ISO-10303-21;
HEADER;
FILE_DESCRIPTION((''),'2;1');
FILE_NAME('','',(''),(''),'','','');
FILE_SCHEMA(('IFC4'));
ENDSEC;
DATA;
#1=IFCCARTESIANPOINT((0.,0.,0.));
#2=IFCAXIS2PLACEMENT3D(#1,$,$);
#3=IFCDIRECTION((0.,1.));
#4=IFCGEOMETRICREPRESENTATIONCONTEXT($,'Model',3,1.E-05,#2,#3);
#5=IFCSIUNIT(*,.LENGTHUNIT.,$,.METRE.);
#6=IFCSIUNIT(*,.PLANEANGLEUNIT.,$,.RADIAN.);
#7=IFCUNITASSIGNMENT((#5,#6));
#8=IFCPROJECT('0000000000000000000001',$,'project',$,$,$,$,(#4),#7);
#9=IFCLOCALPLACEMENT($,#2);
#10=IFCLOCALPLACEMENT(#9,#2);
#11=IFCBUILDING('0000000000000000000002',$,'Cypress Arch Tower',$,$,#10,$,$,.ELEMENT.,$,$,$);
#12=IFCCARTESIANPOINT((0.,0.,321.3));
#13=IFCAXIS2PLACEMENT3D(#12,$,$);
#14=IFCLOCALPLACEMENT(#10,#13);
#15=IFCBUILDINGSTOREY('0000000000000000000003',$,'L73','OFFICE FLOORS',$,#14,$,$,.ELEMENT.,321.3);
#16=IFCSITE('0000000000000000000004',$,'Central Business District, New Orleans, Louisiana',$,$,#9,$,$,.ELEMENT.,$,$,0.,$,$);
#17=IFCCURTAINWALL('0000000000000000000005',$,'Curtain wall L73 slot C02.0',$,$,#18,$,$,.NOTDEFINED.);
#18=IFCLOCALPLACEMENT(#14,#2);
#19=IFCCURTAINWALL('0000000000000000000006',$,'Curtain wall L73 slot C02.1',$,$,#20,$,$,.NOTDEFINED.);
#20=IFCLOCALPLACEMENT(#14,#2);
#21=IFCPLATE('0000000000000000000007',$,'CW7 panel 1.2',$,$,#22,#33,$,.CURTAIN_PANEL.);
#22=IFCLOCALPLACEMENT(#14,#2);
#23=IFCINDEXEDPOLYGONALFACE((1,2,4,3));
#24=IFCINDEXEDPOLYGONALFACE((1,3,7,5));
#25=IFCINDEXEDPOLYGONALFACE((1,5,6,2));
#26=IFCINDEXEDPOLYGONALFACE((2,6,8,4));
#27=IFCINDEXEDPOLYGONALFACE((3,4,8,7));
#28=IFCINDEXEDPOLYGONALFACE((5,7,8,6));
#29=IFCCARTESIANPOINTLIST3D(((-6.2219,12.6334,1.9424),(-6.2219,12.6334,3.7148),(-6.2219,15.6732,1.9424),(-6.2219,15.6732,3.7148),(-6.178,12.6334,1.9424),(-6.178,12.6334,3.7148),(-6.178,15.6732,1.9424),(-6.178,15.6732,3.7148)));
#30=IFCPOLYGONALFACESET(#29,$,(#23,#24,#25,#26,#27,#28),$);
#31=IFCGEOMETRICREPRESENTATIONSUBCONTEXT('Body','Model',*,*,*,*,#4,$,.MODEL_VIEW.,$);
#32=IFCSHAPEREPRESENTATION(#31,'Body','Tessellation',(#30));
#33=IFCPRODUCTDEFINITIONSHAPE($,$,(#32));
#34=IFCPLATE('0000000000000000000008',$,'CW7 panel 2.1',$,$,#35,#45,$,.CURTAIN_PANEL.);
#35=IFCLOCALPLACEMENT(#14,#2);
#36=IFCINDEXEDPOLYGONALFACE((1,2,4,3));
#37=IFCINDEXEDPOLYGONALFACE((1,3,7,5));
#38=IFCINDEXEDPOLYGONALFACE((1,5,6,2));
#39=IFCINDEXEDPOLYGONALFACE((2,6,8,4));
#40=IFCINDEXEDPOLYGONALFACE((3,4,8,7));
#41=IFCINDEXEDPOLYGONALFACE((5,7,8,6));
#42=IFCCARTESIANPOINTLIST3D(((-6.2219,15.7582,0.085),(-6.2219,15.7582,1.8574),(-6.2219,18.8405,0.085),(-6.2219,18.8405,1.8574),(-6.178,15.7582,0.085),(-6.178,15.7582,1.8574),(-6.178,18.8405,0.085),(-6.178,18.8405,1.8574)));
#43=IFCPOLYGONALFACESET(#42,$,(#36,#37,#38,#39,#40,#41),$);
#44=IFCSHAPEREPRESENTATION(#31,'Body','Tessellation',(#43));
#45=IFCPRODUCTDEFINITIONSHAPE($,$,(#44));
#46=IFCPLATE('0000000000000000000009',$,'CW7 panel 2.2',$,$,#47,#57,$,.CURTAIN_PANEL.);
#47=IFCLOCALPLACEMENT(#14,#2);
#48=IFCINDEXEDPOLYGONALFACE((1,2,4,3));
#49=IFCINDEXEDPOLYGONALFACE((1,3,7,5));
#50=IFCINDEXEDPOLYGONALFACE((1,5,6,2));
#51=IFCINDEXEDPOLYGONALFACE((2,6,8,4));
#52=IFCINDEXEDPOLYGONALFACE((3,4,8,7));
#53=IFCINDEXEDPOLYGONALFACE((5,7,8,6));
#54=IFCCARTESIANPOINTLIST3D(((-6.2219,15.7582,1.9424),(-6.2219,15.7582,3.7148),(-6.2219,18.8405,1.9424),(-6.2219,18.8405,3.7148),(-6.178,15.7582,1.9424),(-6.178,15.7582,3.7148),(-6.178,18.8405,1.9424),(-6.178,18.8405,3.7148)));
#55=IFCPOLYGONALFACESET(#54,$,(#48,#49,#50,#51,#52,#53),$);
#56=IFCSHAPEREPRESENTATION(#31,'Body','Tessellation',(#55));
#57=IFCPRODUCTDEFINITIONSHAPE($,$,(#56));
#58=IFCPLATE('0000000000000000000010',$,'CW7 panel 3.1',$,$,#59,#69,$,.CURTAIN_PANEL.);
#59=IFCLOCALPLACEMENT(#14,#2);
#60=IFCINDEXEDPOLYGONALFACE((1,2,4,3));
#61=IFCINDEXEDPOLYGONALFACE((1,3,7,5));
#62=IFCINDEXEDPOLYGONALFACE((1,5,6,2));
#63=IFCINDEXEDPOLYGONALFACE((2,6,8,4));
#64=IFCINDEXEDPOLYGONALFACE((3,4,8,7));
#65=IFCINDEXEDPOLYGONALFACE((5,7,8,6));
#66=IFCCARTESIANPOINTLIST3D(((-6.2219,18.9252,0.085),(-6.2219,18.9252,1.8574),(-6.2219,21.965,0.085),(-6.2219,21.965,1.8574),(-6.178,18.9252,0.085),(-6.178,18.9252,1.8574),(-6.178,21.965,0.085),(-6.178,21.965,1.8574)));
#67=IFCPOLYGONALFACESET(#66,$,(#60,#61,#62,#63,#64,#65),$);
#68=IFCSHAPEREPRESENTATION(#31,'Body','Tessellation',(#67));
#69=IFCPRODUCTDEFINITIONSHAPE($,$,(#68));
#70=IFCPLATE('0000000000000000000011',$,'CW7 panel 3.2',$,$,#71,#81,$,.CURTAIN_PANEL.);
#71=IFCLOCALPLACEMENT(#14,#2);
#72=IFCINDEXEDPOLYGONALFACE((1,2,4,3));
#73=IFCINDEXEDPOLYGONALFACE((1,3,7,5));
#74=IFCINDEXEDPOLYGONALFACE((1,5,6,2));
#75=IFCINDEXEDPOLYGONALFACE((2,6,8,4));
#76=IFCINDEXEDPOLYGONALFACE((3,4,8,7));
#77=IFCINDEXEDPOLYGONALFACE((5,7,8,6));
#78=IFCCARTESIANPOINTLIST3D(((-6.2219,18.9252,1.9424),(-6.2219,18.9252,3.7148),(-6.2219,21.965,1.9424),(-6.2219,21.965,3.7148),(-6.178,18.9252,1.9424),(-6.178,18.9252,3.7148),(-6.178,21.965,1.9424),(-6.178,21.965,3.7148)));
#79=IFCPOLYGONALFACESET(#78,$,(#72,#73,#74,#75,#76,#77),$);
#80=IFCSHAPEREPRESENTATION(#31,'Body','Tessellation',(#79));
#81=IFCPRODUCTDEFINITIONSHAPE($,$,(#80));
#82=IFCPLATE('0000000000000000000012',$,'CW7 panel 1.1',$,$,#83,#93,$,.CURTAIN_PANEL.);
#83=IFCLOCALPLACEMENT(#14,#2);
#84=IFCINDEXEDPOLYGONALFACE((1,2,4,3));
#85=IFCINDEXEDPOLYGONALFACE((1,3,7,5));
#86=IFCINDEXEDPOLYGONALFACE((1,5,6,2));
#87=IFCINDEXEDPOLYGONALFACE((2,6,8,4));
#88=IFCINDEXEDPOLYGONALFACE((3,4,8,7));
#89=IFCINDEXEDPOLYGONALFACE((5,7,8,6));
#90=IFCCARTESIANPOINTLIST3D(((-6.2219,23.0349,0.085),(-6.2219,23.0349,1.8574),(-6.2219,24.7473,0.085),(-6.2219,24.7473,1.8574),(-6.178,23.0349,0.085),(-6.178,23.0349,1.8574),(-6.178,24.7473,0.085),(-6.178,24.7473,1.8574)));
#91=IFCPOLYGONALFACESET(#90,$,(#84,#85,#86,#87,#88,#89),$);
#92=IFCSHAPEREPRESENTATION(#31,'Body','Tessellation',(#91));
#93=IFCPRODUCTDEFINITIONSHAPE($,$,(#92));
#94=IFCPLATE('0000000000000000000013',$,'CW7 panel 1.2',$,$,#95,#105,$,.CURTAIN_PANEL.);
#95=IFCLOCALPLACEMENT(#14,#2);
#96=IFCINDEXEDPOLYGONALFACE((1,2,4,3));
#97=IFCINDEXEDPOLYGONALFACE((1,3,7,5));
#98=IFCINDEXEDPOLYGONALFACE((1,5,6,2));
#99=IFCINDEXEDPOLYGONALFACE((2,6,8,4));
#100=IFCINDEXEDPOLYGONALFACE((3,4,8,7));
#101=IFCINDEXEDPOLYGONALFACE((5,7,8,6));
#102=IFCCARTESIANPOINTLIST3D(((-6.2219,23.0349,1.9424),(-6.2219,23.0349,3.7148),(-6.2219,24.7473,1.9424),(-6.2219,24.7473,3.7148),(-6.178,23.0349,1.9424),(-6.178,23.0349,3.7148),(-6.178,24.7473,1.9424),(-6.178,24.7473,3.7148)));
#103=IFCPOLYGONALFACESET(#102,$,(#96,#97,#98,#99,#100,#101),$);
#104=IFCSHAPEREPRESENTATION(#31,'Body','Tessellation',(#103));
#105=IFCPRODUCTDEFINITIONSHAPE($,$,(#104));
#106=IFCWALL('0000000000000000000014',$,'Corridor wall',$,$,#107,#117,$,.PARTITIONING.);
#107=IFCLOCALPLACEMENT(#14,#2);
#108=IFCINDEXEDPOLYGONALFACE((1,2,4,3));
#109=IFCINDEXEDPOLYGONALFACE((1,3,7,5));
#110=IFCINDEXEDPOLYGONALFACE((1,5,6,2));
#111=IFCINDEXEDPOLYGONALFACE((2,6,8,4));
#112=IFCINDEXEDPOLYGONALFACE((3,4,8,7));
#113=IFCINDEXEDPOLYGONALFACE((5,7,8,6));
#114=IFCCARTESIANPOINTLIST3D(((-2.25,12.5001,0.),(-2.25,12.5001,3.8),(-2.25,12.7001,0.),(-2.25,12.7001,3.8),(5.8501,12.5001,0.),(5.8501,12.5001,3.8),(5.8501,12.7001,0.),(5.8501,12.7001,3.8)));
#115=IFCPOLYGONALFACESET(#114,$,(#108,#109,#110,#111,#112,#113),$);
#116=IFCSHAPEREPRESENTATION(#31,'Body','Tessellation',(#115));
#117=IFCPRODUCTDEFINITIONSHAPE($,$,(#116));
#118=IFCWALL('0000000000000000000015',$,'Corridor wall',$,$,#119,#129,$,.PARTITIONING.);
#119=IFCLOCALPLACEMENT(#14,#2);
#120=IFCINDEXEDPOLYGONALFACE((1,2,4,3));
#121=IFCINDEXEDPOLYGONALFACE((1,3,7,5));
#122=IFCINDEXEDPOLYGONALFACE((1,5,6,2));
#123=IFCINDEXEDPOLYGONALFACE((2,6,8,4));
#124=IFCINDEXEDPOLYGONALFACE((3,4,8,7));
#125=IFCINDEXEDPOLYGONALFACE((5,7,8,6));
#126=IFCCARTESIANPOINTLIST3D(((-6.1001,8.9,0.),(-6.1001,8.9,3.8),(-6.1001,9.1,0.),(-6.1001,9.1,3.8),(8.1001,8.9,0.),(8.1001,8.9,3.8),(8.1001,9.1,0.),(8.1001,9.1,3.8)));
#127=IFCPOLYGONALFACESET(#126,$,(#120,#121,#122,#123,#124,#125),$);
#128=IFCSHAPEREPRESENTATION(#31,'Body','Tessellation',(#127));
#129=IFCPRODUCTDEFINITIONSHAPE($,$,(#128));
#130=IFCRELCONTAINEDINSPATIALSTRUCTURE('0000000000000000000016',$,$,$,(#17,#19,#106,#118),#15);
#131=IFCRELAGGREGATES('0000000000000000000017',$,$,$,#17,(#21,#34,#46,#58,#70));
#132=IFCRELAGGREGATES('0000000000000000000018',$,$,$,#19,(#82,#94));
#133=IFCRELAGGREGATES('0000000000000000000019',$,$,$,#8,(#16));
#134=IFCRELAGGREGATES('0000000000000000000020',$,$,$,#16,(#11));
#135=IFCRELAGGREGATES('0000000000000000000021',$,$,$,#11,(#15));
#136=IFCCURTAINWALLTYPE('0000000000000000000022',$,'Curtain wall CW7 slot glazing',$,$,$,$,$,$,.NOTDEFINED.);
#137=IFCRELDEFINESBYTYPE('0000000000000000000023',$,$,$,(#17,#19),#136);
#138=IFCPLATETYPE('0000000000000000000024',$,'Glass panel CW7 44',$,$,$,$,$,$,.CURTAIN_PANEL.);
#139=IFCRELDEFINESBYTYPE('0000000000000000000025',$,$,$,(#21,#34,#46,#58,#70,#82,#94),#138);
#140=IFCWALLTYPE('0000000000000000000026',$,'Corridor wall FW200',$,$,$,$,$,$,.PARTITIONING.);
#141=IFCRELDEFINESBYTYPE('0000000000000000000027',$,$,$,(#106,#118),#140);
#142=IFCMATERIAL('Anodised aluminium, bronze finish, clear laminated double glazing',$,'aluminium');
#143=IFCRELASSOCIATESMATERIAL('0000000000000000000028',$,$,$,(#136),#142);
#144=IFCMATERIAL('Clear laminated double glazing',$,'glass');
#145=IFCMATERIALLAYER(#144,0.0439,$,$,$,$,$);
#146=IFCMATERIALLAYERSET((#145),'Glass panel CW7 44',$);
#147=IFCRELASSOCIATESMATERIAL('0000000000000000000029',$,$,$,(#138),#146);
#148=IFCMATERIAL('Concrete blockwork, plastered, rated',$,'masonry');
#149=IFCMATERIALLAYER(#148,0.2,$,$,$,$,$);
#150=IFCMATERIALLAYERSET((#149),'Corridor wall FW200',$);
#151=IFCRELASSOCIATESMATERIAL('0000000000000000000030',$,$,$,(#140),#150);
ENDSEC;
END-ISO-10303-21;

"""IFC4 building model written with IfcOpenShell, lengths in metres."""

from ifc_helpers import new_model, si_unit, direction, frame, frame_2d, origin, origin_2d, place, context, subcontext, project, spatial, rectangle, extrude, material, layer, layer_set, type_object, element, aggregate, save


model = new_model("IFC4")

# Units and contexts
model_context = context("Model", 3, precision=1e-05, world=origin(), true_north=direction((0.0, 1.0)))
body_context = subcontext(model_context, "Body", "Model", "MODEL_VIEW")
ifc_project = project(units=[si_unit("LENGTHUNIT", "METRE"), si_unit("PLANEANGLEUNIT", "RADIAN")], contexts=[model_context])

# Site, building, storey
site_placement = place(None, origin())
site = spatial("IfcSite", under=ifc_project, at=site_placement, Name="Central Business District, New Orleans, Louisiana", CompositionType="ELEMENT", RefElevation=0.0)
building_placement = place(site_placement, origin())
building = spatial("IfcBuilding", under=site, at=building_placement, Name="Cypress Arch Tower", CompositionType="ELEMENT")
storey_placement = place(building_placement, frame((0.0, 0.0, 321.3)))
storey = spatial("IfcBuildingStorey", under=building, at=storey_placement, Name="L73", Description="OFFICE FLOORS", CompositionType="ELEMENT", Elevation=321.3)

# Shared definitions
ifc_material_1 = material(Name="Anodised aluminium, bronze finish, clear laminated double glazing", Category="aluminium")
curtain_wall_type = type_object("IfcCurtainWallType", Name="Curtain wall CW7 slot glazing", PredefinedType="NOTDEFINED", material=ifc_material_1)

# Curtain walls
curtain_wall_1_placement = place(storey_placement, origin())
curtain_wall_1 = element("IfcCurtainWall", 1, at=curtain_wall_1_placement, inside=storey, type_object=curtain_wall_type, Name="Curtain wall L73 slot C02.0", PredefinedType="NOTDEFINED")
curtain_wall_2_placement = place(storey_placement, origin())
curtain_wall_2 = element("IfcCurtainWall", 2, at=curtain_wall_2_placement, inside=storey, type_object=curtain_wall_type, Name="Curtain wall L73 slot C02.1", PredefinedType="NOTDEFINED")

# Plates
ifc_material_2 = material(Name="Clear laminated double glazing", Category="glass")
ifc_layer_1 = layer(ifc_material_2, 0.0439)
ifc_layer_set_1 = layer_set([ifc_layer_1], Name="Glass panel CW7 44")
plate_type = type_object("IfcPlateType", Name="Glass panel CW7 44", PredefinedType="CURTAIN_PANEL", material=ifc_layer_set_1)
plate_1_placement = place(storey_placement, frame((-6.2, 14.1533, 1.9424), z_axis=(0.0, 0.0, 1.0), x_axis=(0.0, 1.0, 0.0)))
plate_1 = element("IfcPlate", 3, at=plate_1_placement, type_object=plate_type, Name="CW7 panel 1.2", PredefinedType="CURTAIN_PANEL", context=body_context, shape_type="SweptSolid", body=[
    extrude(rectangle(XDim=3.0398, YDim=0.0439, at=origin_2d()), origin(), (0.0, 0.0, 1.0), 1.7725),
])
plate_2_placement = place(storey_placement, frame((-6.2, 17.2993, 0.085), z_axis=(0.0, 0.0, 1.0), x_axis=(0.0, 1.0, 0.0)))
plate_2 = element("IfcPlate", 4, at=plate_2_placement, type_object=plate_type, Name="CW7 panel 2.1", PredefinedType="CURTAIN_PANEL", context=body_context, shape_type="SweptSolid", body=[
    extrude(rectangle(XDim=3.0823, YDim=0.0439, at=origin_2d()), origin(), (0.0, 0.0, 1.0), 1.7725),
])
plate_3_placement = place(storey_placement, frame((-6.2, 17.2993, 1.9424), z_axis=(0.0, 0.0, 1.0), x_axis=(0.0, 1.0, 0.0)))
plate_3 = element("IfcPlate", 5, at=plate_3_placement, type_object=plate_type, Name="CW7 panel 2.2", PredefinedType="CURTAIN_PANEL", context=body_context, shape_type="SweptSolid", body=[
    extrude(rectangle(XDim=3.0823, YDim=0.0439, at=origin_2d()), origin(), (0.0, 0.0, 1.0), 1.7725),
])
plate_4_placement = place(storey_placement, frame((-6.2, 20.4451, 0.085), z_axis=(0.0, 0.0, 1.0), x_axis=(0.0, 1.0, 0.0)))
plate_4 = element("IfcPlate", 6, at=plate_4_placement, type_object=plate_type, Name="CW7 panel 3.1", PredefinedType="CURTAIN_PANEL", context=body_context, shape_type="SweptSolid", body=[
    extrude(rectangle(XDim=3.0398, YDim=0.0439, at=origin_2d()), origin(), (0.0, 0.0, 1.0), 1.7725),
])
plate_5_placement = place(storey_placement, frame((-6.2, 20.4451, 1.9424), z_axis=(0.0, 0.0, 1.0), x_axis=(0.0, 1.0, 0.0)))
plate_5 = element("IfcPlate", 7, at=plate_5_placement, type_object=plate_type, Name="CW7 panel 3.2", PredefinedType="CURTAIN_PANEL", context=body_context, shape_type="SweptSolid", body=[
    extrude(rectangle(XDim=3.0398, YDim=0.0439, at=origin_2d()), origin(), (0.0, 0.0, 1.0), 1.7725),
])
aggregate(curtain_wall_1, [plate_1, plate_2, plate_3, plate_4, plate_5])
plate_6_placement = place(storey_placement, frame((-6.2, 23.8911, 0.085), z_axis=(0.0, 0.0, 1.0), x_axis=(0.0, 1.0, 0.0)))
plate_6 = element("IfcPlate", 8, at=plate_6_placement, type_object=plate_type, Name="CW7 panel 1.1", PredefinedType="CURTAIN_PANEL", context=body_context, shape_type="SweptSolid", body=[
    extrude(rectangle(XDim=1.7124, YDim=0.0439, at=origin_2d()), origin(), (0.0, 0.0, 1.0), 1.7725),
])
plate_7_placement = place(storey_placement, frame((-6.2, 23.8911, 1.9424), z_axis=(0.0, 0.0, 1.0), x_axis=(0.0, 1.0, 0.0)))
plate_7 = element("IfcPlate", 9, at=plate_7_placement, type_object=plate_type, Name="CW7 panel 1.2", PredefinedType="CURTAIN_PANEL", context=body_context, shape_type="SweptSolid", body=[
    extrude(rectangle(XDim=1.7124, YDim=0.0439, at=origin_2d()), origin(), (0.0, 0.0, 1.0), 1.7725),
])
aggregate(curtain_wall_2, [plate_6, plate_7])

# Walls
ifc_material_3 = material(Name="Concrete blockwork, plastered, rated", Category="masonry")
ifc_layer_2 = layer(ifc_material_3, 0.2)
ifc_layer_set_2 = layer_set([ifc_layer_2], Name="Corridor wall FW200")
wall_type = type_object("IfcWallType", Name="Corridor wall FW200", PredefinedType="PARTITIONING", material=ifc_layer_set_2)
wall_1_placement = place(storey_placement, frame((-2.25, 12.6001, 0.0), z_axis=(0.0, 0.0, 1.0), x_axis=(1.0, 0.0, 0.0)))
element("IfcWall", 10, at=wall_1_placement, inside=storey, type_object=wall_type, Name="Corridor wall", PredefinedType="PARTITIONING", context=body_context, shape_type="SweptSolid", body=[
    extrude(rectangle(XDim=8.1001, YDim=0.2, at=frame_2d((4.05, 0.0))), origin(), (0.0, 0.0, 1.0), 3.8),
])
wall_2_placement = place(storey_placement, frame((-6.1001, 9.0, 0.0), z_axis=(0.0, 0.0, 1.0), x_axis=(1.0, 0.0, 0.0)))
element("IfcWall", 11, at=wall_2_placement, inside=storey, type_object=wall_type, Name="Corridor wall", PredefinedType="PARTITIONING", context=body_context, shape_type="SweptSolid", body=[
    extrude(rectangle(XDim=14.2002, YDim=0.2, at=frame_2d((7.1001, 0.0))), origin(), (0.0, 0.0, 1.0), 3.8),
])

save(model, "model.ifc")
